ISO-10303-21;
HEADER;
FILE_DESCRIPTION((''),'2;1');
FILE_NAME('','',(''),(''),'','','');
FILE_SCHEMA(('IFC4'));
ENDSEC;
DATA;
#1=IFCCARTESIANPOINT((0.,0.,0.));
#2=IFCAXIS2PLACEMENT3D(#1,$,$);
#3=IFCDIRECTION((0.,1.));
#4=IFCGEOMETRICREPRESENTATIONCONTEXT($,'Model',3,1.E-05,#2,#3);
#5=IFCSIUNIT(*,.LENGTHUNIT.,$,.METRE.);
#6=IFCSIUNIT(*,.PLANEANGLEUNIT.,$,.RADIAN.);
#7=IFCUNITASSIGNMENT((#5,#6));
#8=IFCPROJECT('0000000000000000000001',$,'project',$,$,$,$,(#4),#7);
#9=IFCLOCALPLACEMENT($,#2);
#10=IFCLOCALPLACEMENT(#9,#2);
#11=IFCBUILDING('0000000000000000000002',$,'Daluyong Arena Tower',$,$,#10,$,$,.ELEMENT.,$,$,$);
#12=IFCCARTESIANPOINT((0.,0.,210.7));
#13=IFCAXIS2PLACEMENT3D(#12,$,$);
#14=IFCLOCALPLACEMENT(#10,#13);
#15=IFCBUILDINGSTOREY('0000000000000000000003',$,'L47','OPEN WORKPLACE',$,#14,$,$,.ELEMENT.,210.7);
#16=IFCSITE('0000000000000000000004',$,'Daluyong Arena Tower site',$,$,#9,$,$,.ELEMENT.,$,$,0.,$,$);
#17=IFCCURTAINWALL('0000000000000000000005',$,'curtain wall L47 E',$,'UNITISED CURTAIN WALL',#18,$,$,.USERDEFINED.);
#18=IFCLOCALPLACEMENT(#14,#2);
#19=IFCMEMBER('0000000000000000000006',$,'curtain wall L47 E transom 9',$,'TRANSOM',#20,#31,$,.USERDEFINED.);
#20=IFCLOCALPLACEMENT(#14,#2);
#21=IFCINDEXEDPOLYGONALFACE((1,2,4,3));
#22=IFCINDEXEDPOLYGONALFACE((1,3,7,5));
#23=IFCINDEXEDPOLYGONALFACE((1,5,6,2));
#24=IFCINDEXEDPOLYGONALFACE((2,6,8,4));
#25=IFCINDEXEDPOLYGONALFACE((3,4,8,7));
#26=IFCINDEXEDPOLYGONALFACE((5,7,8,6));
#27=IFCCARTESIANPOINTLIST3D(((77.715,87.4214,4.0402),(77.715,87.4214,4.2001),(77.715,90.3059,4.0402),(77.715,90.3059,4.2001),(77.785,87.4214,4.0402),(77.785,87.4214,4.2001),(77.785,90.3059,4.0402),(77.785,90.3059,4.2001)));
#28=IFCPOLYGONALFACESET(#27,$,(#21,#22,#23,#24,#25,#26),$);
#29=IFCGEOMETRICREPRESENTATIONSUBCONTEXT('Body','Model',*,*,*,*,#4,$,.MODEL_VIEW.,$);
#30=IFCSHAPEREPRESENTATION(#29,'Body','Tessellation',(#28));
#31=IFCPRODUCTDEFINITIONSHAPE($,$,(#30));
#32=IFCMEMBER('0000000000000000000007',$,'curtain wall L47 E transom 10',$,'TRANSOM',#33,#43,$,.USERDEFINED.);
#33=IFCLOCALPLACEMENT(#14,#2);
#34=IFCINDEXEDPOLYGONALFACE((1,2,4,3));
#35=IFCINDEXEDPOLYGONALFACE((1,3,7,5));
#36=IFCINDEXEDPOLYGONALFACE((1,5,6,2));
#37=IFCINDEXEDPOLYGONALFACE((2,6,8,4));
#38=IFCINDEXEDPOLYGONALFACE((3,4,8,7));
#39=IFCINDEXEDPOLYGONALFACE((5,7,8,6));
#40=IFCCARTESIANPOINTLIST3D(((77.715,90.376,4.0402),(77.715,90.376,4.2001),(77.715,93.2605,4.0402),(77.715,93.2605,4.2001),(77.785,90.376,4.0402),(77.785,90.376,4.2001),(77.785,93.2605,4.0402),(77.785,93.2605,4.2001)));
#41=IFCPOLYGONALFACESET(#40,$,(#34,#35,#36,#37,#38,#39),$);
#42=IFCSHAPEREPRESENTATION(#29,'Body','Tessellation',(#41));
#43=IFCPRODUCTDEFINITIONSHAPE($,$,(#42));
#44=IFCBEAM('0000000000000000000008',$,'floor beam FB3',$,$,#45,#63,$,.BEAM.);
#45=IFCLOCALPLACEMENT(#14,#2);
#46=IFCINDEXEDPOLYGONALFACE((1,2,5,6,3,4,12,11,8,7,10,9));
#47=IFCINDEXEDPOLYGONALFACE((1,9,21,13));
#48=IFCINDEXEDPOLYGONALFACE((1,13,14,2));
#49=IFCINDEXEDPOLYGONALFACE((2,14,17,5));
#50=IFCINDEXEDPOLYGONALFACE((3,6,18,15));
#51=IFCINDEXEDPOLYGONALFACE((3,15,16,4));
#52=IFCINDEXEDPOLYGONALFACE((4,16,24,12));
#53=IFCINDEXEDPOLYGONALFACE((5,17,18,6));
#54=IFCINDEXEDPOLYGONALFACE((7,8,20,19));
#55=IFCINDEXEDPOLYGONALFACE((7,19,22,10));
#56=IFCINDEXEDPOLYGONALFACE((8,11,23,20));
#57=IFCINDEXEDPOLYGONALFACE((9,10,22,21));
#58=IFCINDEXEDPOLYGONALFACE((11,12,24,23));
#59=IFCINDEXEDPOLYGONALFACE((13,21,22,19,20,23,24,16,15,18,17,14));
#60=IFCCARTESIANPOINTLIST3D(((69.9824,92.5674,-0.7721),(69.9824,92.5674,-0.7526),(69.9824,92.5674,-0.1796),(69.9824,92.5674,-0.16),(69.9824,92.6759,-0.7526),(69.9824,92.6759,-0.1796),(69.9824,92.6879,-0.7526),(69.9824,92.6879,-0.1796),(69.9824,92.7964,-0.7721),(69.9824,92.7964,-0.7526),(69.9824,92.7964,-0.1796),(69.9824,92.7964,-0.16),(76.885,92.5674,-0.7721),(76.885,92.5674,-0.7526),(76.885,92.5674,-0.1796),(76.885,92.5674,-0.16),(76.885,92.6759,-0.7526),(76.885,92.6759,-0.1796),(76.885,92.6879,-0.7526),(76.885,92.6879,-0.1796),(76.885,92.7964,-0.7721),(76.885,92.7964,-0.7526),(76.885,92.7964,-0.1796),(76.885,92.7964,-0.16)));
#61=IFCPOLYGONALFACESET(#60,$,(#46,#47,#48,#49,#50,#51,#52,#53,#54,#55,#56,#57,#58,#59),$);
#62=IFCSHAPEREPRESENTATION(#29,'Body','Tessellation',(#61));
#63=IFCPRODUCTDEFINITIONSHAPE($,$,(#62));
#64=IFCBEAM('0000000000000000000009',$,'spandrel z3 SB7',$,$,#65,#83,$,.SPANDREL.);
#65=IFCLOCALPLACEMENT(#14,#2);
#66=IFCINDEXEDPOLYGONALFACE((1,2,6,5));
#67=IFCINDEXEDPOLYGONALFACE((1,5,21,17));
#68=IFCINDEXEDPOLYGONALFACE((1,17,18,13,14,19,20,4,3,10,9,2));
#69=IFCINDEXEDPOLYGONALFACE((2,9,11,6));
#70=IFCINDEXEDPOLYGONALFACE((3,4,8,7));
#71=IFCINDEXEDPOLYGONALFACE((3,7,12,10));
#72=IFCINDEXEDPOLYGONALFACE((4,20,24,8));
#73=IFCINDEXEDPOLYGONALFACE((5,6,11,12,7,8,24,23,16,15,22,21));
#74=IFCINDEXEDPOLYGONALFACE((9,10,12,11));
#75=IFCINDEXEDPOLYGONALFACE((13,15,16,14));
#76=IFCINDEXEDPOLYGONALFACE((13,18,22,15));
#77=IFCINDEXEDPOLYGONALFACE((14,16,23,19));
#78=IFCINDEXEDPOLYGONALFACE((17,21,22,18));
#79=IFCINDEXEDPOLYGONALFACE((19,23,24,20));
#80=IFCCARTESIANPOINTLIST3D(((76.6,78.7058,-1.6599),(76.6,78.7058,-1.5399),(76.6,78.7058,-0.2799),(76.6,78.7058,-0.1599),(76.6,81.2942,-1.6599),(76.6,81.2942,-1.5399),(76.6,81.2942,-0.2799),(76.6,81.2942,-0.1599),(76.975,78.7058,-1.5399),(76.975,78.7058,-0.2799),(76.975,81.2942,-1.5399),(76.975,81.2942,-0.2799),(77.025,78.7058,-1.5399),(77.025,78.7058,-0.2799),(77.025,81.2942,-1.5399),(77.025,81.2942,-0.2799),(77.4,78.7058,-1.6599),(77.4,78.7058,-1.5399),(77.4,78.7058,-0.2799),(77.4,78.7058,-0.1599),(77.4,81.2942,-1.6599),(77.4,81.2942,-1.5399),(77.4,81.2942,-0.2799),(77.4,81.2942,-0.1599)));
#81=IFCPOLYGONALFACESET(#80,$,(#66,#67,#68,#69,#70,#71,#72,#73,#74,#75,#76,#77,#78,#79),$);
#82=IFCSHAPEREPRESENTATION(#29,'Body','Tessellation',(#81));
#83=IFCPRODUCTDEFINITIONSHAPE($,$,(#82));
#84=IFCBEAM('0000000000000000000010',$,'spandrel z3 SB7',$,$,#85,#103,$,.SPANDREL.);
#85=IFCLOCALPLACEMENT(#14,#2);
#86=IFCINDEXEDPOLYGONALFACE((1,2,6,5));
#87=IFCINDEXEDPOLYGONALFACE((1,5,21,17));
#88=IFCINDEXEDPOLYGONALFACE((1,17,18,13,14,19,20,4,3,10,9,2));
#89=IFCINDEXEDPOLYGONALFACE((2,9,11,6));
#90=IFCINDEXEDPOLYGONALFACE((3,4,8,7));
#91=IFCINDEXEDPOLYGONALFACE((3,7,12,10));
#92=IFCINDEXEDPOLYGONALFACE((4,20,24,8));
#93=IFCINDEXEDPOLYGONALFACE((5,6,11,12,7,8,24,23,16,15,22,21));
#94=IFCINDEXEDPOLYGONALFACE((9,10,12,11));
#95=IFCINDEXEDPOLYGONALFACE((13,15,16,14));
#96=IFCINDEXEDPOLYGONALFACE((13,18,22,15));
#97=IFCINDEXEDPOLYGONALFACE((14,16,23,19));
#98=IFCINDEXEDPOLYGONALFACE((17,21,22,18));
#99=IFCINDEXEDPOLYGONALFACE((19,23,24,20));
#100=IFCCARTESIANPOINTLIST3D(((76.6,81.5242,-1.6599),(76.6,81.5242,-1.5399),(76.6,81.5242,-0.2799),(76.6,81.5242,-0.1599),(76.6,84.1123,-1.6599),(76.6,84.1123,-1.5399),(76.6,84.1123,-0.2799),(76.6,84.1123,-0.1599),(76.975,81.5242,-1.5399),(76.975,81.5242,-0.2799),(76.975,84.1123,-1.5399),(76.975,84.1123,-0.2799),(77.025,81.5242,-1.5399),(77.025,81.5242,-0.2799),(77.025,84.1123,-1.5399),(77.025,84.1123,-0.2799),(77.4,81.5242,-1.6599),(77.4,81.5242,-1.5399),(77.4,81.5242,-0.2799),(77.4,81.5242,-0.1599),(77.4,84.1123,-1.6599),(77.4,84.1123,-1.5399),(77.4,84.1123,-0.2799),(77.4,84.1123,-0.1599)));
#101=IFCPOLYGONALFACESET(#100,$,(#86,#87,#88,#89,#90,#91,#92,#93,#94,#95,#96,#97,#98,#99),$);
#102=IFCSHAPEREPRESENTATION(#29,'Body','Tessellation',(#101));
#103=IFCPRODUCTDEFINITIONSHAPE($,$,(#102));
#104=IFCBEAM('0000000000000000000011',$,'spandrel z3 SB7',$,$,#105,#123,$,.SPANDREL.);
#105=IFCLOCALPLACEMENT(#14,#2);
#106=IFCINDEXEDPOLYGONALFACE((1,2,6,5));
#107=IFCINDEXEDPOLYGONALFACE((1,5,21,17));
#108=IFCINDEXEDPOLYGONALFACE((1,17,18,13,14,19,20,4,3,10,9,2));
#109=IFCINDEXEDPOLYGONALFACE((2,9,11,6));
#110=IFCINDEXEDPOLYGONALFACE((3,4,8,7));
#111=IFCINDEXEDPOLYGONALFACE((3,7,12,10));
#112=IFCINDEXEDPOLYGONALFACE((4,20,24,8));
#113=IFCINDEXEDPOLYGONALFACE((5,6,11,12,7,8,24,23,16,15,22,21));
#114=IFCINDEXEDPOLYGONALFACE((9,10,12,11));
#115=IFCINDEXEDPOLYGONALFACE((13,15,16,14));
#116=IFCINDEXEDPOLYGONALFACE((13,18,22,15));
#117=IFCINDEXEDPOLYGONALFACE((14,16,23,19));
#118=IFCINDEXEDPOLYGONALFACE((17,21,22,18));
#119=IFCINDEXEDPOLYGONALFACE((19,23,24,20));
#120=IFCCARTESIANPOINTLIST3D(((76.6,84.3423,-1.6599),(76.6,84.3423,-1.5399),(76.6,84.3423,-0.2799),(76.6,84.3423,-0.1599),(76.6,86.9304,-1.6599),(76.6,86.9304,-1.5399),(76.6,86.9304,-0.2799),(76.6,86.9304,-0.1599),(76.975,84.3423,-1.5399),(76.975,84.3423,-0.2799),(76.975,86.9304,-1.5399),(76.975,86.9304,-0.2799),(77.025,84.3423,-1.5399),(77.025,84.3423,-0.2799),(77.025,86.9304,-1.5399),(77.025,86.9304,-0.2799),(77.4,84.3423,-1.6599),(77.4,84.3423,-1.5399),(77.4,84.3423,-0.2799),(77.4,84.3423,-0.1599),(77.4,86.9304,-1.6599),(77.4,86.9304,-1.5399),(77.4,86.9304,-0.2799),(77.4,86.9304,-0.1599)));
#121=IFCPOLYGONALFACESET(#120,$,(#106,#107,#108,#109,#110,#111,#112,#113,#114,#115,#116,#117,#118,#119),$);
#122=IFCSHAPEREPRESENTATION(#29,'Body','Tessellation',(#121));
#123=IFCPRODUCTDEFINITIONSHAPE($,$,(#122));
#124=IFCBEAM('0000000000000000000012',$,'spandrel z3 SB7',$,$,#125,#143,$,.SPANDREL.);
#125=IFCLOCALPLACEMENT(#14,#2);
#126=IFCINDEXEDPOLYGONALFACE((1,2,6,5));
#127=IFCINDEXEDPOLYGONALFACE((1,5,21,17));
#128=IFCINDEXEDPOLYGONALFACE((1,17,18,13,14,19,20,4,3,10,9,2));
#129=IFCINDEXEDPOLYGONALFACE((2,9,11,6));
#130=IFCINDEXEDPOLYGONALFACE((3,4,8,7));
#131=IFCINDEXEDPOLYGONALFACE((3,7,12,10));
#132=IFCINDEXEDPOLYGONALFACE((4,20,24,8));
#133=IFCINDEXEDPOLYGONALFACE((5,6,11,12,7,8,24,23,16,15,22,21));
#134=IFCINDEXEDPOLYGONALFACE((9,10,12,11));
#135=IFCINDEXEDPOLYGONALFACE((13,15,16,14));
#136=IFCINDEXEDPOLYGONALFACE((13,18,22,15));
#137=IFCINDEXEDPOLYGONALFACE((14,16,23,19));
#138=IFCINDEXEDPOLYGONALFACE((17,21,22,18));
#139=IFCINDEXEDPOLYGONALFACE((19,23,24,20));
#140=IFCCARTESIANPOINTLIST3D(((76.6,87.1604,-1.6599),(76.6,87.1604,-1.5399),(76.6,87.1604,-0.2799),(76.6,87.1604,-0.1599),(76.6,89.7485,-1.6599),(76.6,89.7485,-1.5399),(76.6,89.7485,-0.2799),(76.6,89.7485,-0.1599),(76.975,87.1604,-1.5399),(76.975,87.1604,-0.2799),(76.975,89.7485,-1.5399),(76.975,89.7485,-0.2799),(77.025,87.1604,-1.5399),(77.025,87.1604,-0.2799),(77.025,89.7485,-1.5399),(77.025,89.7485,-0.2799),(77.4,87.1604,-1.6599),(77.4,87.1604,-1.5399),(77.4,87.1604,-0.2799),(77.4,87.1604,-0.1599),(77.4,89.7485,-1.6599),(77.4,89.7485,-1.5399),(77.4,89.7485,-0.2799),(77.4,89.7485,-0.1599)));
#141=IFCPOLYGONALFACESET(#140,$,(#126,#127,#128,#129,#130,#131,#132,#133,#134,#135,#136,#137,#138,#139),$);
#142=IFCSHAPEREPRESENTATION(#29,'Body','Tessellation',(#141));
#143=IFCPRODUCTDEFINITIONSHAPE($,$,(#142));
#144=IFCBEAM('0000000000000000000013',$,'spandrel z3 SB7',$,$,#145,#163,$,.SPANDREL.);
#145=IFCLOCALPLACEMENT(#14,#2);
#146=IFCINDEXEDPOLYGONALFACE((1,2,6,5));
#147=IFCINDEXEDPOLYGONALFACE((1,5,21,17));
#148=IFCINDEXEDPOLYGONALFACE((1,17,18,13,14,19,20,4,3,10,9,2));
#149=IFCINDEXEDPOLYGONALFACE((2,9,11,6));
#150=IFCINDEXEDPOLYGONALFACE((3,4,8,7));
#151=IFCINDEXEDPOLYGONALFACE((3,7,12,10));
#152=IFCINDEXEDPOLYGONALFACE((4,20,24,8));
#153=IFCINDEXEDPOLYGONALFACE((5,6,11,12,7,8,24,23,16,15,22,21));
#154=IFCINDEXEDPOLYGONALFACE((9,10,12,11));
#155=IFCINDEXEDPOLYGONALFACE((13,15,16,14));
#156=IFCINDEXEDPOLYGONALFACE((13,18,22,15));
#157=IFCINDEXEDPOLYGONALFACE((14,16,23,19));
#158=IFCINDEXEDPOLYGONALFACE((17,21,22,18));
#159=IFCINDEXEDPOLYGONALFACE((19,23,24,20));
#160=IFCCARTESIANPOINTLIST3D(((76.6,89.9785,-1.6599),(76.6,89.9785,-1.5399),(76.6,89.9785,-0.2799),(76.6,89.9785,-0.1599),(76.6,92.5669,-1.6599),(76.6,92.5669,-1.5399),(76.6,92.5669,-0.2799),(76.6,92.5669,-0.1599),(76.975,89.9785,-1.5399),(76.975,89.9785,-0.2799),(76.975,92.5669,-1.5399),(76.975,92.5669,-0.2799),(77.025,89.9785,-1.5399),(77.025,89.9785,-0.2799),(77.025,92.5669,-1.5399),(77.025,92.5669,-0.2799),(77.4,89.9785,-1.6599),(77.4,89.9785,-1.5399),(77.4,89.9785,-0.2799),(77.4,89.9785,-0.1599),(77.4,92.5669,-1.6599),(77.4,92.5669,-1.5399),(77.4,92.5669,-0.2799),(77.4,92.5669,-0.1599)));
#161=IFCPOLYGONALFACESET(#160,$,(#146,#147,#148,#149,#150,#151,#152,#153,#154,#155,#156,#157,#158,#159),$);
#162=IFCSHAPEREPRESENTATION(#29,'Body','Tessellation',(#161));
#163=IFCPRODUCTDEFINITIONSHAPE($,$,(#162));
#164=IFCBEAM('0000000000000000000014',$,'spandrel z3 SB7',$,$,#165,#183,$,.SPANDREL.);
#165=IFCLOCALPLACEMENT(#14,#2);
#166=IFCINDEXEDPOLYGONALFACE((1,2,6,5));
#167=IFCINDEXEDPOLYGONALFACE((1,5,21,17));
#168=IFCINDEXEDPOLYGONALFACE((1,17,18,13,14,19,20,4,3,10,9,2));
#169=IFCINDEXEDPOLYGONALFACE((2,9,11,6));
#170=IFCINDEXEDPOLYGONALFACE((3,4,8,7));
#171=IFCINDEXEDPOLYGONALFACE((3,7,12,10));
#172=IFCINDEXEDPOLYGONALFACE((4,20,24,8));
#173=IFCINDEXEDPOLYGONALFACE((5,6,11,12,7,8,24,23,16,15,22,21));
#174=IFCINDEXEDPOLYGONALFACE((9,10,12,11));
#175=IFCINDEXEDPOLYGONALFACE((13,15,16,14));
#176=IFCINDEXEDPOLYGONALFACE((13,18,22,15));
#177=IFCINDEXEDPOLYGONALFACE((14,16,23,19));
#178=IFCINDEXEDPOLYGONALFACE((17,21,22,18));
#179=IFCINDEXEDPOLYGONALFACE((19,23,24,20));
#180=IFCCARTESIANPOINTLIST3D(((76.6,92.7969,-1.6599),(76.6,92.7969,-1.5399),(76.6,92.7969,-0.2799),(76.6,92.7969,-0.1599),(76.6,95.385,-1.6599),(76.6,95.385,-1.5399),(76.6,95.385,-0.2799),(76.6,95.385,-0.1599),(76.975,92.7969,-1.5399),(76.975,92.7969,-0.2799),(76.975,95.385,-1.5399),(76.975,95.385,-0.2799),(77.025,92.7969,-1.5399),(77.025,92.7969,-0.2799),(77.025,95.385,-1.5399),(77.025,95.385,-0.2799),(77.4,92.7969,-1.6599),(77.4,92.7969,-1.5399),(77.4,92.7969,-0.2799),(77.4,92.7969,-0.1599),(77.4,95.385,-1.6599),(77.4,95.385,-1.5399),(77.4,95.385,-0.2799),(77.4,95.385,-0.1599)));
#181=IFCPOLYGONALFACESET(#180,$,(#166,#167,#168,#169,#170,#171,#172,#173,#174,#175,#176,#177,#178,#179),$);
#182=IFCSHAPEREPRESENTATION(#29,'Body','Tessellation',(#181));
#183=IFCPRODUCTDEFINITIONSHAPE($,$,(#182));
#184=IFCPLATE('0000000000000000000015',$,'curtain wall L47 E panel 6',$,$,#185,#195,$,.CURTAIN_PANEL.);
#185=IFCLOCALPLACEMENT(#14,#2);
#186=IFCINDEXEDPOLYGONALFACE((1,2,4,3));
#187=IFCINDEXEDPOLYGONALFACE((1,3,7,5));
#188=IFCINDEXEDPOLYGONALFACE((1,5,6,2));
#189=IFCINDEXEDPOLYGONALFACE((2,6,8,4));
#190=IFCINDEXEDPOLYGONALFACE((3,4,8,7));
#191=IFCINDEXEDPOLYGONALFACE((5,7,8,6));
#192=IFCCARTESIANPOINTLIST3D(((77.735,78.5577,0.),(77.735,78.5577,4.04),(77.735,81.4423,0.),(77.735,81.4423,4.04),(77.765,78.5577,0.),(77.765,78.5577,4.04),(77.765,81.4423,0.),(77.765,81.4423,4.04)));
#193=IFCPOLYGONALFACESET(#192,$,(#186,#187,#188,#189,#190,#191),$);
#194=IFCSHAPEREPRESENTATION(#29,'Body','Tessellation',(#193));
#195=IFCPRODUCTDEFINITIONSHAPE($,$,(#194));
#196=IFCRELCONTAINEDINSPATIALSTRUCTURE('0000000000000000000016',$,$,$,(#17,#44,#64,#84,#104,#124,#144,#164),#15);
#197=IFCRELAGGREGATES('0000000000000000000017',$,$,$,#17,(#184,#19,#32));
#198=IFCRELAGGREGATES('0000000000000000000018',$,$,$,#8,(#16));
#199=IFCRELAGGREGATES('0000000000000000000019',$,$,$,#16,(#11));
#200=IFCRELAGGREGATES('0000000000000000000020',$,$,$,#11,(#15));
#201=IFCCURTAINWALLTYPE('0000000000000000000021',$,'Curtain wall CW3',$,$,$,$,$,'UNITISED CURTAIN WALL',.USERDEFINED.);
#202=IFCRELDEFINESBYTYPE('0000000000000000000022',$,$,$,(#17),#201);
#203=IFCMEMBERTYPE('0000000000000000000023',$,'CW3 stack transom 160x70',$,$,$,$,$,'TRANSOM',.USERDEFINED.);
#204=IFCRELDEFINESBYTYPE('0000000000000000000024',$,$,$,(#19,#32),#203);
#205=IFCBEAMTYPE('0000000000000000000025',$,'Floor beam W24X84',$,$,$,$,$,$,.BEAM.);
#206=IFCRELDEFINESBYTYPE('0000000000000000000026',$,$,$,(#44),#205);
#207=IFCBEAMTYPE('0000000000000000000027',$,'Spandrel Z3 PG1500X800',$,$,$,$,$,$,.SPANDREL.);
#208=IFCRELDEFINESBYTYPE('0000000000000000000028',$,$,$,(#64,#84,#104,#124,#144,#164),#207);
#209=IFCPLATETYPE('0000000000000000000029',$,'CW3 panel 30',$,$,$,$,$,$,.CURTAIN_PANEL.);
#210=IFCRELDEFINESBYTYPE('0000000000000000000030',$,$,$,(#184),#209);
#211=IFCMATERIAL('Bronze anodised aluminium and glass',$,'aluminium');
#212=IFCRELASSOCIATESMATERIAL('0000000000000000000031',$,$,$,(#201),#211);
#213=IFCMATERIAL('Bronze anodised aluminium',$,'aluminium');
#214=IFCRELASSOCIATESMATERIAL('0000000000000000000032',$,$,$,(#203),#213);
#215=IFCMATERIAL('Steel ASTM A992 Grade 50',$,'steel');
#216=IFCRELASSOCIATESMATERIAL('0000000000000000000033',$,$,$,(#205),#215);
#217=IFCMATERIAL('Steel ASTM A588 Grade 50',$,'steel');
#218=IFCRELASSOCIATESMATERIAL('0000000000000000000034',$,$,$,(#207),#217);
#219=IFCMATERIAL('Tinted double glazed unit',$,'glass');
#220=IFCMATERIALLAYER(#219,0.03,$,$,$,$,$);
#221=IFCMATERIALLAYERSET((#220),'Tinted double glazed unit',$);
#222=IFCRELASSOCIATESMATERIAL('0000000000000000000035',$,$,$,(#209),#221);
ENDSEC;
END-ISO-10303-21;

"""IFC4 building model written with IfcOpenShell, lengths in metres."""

from ifc_helpers import new_model, si_unit, direction, frame, origin, origin_2d, place, context, subcontext, project, spatial, rectangle, i_section, extrude, material, layer, layer_set, material_profile, profile_set, type_object, element, aggregate, save


model = new_model("IFC4")

# Units and contexts
model_context = context("Model", 3, precision=1e-05, world=origin(), true_north=direction((0.0, 1.0)))
body_context = subcontext(model_context, "Body", "Model", "MODEL_VIEW")
ifc_project = project(units=[si_unit("LENGTHUNIT", "METRE"), si_unit("PLANEANGLEUNIT", "RADIAN")], contexts=[model_context])

# Site, building, storey
site_placement = place(None, origin())
site = spatial("IfcSite", under=ifc_project, at=site_placement, Name="Daluyong Arena Tower site", CompositionType="ELEMENT", RefElevation=0.0)
building_placement = place(site_placement, origin())
building = spatial("IfcBuilding", under=site, at=building_placement, Name="Daluyong Arena Tower", CompositionType="ELEMENT")
storey_placement = place(building_placement, frame((0.0, 0.0, 210.7)))
storey = spatial("IfcBuildingStorey", under=building, at=storey_placement, Name="L47", Description="OPEN WORKPLACE", CompositionType="ELEMENT", Elevation=210.7)

# Curtain wall, members
ifc_material_1 = material(Name="Bronze anodised aluminium and glass", Category="aluminium")
curtain_wall_type = type_object("IfcCurtainWallType", Name="Curtain wall CW3", ElementType="UNITISED CURTAIN WALL", PredefinedType="USERDEFINED", material=ifc_material_1)
curtain_wall_placement = place(storey_placement, origin())
curtain_wall = element("IfcCurtainWall", 1, at=curtain_wall_placement, inside=storey, type_object=curtain_wall_type, Name="curtain wall L47 E", ObjectType="UNITISED CURTAIN WALL", PredefinedType="USERDEFINED")
ifc_material_2 = material(Name="Bronze anodised aluminium", Category="aluminium")
ifc_material_profile_1 = material_profile(ifc_material_2, rectangle(XDim=0.0701, YDim=0.1599, at=origin_2d()))
ifc_profile_set_1 = profile_set([ifc_material_profile_1], Name="Bronze anodised aluminium")
member_type_1 = type_object("IfcMemberType", Name="CW3 stack transom 160x70", ElementType="TRANSOM", PredefinedType="USERDEFINED", material=ifc_profile_set_1)
member_1_placement = place(storey_placement, frame((77.75, 87.4214, 4.1201), z_axis=(0.0, 1.0, 0.0), x_axis=(-1.0, 0.0, 0.0)))
member_1 = element("IfcMember", 2, at=member_1_placement, type_object=member_type_1, Name="curtain wall L47 E transom 9", ObjectType="TRANSOM", PredefinedType="USERDEFINED", context=body_context, shape_type="SweptSolid", body=[
    extrude(rectangle(XDim=0.0701, YDim=0.1599, at=origin_2d()), origin(), (0.0, 0.0, 1.0), 2.8845),
])
member_2_placement = place(storey_placement, frame((77.75, 90.376, 4.1201), z_axis=(0.0, 1.0, 0.0), x_axis=(-1.0, 0.0, 0.0)))
member_2 = element("IfcMember", 3, at=member_2_placement, type_object=member_type_1, Name="curtain wall L47 E transom 10", ObjectType="TRANSOM", PredefinedType="USERDEFINED", context=body_context, shape_type="SweptSolid", body=[
    extrude(rectangle(XDim=0.0701, YDim=0.1599, at=origin_2d()), origin(), (0.0, 0.0, 1.0), 2.8845),
])

# Beams
ifc_material_3 = material(Name="Steel ASTM A992 Grade 50", Category="steel")
ifc_material_profile_2 = material_profile(ifc_material_3, i_section(OverallWidth=0.229, OverallDepth=0.6121, WebThickness=0.012, FlangeThickness=0.0195, at=origin_2d()))
ifc_profile_set_2 = profile_set([ifc_material_profile_2], Name="Steel ASTM A992 Grade 50")
beam_type_1 = type_object("IfcBeamType", Name="Floor beam W24X84", PredefinedType="BEAM", material=ifc_profile_set_2)
beam_1_placement = place(storey_placement, frame((76.885, 92.6819, -0.4661), z_axis=(-1.0, 0.0, 0.0), x_axis=(0.0, -1.0, 0.0)))
element("IfcBeam", 4, at=beam_1_placement, inside=storey, type_object=beam_type_1, Name="floor beam FB3", PredefinedType="BEAM", context=body_context, shape_type="SweptSolid", body=[
    extrude(i_section(OverallWidth=0.229, OverallDepth=0.6121, WebThickness=0.012, FlangeThickness=0.0195, at=origin_2d()), origin(), (0.0, 0.0, 1.0), 6.9026),
])
ifc_material_4 = material(Name="Steel ASTM A588 Grade 50", Category="steel")
ifc_material_profile_3 = material_profile(ifc_material_4, i_section(OverallWidth=0.8, OverallDepth=1.5, WebThickness=0.05, FlangeThickness=0.12, at=origin_2d()))
ifc_profile_set_3 = profile_set([ifc_material_profile_3], Name="Steel ASTM A588 Grade 50")
beam_type_2 = type_object("IfcBeamType", Name="Spandrel Z3 PG1500X800", PredefinedType="SPANDREL", material=ifc_profile_set_3)
beam_2_placement = place(storey_placement, frame((77.0, 78.7058, -0.9099), z_axis=(0.0, 1.0, 0.0), x_axis=(-1.0, 0.0, 0.0)))
element("IfcBeam", 5, at=beam_2_placement, inside=storey, type_object=beam_type_2, Name="spandrel z3 SB7", PredefinedType="SPANDREL", context=body_context, shape_type="SweptSolid", body=[
    extrude(i_section(OverallWidth=0.8, OverallDepth=1.5, WebThickness=0.05, FlangeThickness=0.12, at=origin_2d()), origin(), (0.0, 0.0, 1.0), 2.5884),
])
for number, where, z_axis, x_axis, name in (
    (6, (77.0, 81.5242, -0.9099), (0.0, 1.0, 0.0), (-1.0, 0.0, 0.0), "spandrel z3 SB7"),
    (7, (77.0, 84.3423, -0.9099), (0.0, 1.0, 0.0), (-1.0, 0.0, 0.0), "spandrel z3 SB7"),
    (8, (77.0, 87.1604, -0.9099), (0.0, 1.0, 0.0), (-1.0, 0.0, 0.0), "spandrel z3 SB7"),
):
    element("IfcBeam", number, at=place(storey_placement, frame(where, z_axis=z_axis, x_axis=x_axis)), inside=storey, type_object=beam_type_2, Name=name, PredefinedType="SPANDREL", context=body_context, shape_type="SweptSolid", body=[
        extrude(i_section(OverallWidth=0.8, OverallDepth=1.5, WebThickness=0.05, FlangeThickness=0.12, at=origin_2d()), origin(), (0.0, 0.0, 1.0), 2.5881),
    ])
beam_3_placement = place(storey_placement, frame((77.0, 89.9785, -0.9099), z_axis=(0.0, 1.0, 0.0), x_axis=(-1.0, 0.0, 0.0)))
element("IfcBeam", 9, at=beam_3_placement, inside=storey, type_object=beam_type_2, Name="spandrel z3 SB7", PredefinedType="SPANDREL", context=body_context, shape_type="SweptSolid", body=[
    extrude(i_section(OverallWidth=0.8, OverallDepth=1.5, WebThickness=0.05, FlangeThickness=0.12, at=origin_2d()), origin(), (0.0, 0.0, 1.0), 2.5884),
])
beam_4_placement = place(storey_placement, frame((77.0, 92.7969, -0.9099), z_axis=(0.0, 1.0, 0.0), x_axis=(-1.0, 0.0, 0.0)))
element("IfcBeam", 10, at=beam_4_placement, inside=storey, type_object=beam_type_2, Name="spandrel z3 SB7", PredefinedType="SPANDREL", context=body_context, shape_type="SweptSolid", body=[
    extrude(i_section(OverallWidth=0.8, OverallDepth=1.5, WebThickness=0.05, FlangeThickness=0.12, at=origin_2d()), origin(), (0.0, 0.0, 1.0), 2.5881),
])

# Plate
ifc_material_5 = material(Name="Tinted double glazed unit", Category="glass")
ifc_layer = layer(ifc_material_5, 0.03)
ifc_layer_set = layer_set([ifc_layer], Name="Tinted double glazed unit")
plate_type = type_object("IfcPlateType", Name="CW3 panel 30", PredefinedType="CURTAIN_PANEL", material=ifc_layer_set)
plate_1_placement = place(storey_placement, frame((77.75, 80.0, 0.0), z_axis=(0.0, 0.0, 1.0), x_axis=(0.0, 1.0, 0.0)))
plate_1 = element("IfcPlate", 11, at=plate_1_placement, type_object=plate_type, Name="curtain wall L47 E panel 6", PredefinedType="CURTAIN_PANEL", context=body_context, shape_type="SweptSolid", body=[
    extrude(rectangle(XDim=2.8845, YDim=0.03, at=origin_2d()), origin(), (0.0, 0.0, 1.0), 4.04),
])
aggregate(curtain_wall, [plate_1, member_1, member_2])

save(model, "model.ifc")
